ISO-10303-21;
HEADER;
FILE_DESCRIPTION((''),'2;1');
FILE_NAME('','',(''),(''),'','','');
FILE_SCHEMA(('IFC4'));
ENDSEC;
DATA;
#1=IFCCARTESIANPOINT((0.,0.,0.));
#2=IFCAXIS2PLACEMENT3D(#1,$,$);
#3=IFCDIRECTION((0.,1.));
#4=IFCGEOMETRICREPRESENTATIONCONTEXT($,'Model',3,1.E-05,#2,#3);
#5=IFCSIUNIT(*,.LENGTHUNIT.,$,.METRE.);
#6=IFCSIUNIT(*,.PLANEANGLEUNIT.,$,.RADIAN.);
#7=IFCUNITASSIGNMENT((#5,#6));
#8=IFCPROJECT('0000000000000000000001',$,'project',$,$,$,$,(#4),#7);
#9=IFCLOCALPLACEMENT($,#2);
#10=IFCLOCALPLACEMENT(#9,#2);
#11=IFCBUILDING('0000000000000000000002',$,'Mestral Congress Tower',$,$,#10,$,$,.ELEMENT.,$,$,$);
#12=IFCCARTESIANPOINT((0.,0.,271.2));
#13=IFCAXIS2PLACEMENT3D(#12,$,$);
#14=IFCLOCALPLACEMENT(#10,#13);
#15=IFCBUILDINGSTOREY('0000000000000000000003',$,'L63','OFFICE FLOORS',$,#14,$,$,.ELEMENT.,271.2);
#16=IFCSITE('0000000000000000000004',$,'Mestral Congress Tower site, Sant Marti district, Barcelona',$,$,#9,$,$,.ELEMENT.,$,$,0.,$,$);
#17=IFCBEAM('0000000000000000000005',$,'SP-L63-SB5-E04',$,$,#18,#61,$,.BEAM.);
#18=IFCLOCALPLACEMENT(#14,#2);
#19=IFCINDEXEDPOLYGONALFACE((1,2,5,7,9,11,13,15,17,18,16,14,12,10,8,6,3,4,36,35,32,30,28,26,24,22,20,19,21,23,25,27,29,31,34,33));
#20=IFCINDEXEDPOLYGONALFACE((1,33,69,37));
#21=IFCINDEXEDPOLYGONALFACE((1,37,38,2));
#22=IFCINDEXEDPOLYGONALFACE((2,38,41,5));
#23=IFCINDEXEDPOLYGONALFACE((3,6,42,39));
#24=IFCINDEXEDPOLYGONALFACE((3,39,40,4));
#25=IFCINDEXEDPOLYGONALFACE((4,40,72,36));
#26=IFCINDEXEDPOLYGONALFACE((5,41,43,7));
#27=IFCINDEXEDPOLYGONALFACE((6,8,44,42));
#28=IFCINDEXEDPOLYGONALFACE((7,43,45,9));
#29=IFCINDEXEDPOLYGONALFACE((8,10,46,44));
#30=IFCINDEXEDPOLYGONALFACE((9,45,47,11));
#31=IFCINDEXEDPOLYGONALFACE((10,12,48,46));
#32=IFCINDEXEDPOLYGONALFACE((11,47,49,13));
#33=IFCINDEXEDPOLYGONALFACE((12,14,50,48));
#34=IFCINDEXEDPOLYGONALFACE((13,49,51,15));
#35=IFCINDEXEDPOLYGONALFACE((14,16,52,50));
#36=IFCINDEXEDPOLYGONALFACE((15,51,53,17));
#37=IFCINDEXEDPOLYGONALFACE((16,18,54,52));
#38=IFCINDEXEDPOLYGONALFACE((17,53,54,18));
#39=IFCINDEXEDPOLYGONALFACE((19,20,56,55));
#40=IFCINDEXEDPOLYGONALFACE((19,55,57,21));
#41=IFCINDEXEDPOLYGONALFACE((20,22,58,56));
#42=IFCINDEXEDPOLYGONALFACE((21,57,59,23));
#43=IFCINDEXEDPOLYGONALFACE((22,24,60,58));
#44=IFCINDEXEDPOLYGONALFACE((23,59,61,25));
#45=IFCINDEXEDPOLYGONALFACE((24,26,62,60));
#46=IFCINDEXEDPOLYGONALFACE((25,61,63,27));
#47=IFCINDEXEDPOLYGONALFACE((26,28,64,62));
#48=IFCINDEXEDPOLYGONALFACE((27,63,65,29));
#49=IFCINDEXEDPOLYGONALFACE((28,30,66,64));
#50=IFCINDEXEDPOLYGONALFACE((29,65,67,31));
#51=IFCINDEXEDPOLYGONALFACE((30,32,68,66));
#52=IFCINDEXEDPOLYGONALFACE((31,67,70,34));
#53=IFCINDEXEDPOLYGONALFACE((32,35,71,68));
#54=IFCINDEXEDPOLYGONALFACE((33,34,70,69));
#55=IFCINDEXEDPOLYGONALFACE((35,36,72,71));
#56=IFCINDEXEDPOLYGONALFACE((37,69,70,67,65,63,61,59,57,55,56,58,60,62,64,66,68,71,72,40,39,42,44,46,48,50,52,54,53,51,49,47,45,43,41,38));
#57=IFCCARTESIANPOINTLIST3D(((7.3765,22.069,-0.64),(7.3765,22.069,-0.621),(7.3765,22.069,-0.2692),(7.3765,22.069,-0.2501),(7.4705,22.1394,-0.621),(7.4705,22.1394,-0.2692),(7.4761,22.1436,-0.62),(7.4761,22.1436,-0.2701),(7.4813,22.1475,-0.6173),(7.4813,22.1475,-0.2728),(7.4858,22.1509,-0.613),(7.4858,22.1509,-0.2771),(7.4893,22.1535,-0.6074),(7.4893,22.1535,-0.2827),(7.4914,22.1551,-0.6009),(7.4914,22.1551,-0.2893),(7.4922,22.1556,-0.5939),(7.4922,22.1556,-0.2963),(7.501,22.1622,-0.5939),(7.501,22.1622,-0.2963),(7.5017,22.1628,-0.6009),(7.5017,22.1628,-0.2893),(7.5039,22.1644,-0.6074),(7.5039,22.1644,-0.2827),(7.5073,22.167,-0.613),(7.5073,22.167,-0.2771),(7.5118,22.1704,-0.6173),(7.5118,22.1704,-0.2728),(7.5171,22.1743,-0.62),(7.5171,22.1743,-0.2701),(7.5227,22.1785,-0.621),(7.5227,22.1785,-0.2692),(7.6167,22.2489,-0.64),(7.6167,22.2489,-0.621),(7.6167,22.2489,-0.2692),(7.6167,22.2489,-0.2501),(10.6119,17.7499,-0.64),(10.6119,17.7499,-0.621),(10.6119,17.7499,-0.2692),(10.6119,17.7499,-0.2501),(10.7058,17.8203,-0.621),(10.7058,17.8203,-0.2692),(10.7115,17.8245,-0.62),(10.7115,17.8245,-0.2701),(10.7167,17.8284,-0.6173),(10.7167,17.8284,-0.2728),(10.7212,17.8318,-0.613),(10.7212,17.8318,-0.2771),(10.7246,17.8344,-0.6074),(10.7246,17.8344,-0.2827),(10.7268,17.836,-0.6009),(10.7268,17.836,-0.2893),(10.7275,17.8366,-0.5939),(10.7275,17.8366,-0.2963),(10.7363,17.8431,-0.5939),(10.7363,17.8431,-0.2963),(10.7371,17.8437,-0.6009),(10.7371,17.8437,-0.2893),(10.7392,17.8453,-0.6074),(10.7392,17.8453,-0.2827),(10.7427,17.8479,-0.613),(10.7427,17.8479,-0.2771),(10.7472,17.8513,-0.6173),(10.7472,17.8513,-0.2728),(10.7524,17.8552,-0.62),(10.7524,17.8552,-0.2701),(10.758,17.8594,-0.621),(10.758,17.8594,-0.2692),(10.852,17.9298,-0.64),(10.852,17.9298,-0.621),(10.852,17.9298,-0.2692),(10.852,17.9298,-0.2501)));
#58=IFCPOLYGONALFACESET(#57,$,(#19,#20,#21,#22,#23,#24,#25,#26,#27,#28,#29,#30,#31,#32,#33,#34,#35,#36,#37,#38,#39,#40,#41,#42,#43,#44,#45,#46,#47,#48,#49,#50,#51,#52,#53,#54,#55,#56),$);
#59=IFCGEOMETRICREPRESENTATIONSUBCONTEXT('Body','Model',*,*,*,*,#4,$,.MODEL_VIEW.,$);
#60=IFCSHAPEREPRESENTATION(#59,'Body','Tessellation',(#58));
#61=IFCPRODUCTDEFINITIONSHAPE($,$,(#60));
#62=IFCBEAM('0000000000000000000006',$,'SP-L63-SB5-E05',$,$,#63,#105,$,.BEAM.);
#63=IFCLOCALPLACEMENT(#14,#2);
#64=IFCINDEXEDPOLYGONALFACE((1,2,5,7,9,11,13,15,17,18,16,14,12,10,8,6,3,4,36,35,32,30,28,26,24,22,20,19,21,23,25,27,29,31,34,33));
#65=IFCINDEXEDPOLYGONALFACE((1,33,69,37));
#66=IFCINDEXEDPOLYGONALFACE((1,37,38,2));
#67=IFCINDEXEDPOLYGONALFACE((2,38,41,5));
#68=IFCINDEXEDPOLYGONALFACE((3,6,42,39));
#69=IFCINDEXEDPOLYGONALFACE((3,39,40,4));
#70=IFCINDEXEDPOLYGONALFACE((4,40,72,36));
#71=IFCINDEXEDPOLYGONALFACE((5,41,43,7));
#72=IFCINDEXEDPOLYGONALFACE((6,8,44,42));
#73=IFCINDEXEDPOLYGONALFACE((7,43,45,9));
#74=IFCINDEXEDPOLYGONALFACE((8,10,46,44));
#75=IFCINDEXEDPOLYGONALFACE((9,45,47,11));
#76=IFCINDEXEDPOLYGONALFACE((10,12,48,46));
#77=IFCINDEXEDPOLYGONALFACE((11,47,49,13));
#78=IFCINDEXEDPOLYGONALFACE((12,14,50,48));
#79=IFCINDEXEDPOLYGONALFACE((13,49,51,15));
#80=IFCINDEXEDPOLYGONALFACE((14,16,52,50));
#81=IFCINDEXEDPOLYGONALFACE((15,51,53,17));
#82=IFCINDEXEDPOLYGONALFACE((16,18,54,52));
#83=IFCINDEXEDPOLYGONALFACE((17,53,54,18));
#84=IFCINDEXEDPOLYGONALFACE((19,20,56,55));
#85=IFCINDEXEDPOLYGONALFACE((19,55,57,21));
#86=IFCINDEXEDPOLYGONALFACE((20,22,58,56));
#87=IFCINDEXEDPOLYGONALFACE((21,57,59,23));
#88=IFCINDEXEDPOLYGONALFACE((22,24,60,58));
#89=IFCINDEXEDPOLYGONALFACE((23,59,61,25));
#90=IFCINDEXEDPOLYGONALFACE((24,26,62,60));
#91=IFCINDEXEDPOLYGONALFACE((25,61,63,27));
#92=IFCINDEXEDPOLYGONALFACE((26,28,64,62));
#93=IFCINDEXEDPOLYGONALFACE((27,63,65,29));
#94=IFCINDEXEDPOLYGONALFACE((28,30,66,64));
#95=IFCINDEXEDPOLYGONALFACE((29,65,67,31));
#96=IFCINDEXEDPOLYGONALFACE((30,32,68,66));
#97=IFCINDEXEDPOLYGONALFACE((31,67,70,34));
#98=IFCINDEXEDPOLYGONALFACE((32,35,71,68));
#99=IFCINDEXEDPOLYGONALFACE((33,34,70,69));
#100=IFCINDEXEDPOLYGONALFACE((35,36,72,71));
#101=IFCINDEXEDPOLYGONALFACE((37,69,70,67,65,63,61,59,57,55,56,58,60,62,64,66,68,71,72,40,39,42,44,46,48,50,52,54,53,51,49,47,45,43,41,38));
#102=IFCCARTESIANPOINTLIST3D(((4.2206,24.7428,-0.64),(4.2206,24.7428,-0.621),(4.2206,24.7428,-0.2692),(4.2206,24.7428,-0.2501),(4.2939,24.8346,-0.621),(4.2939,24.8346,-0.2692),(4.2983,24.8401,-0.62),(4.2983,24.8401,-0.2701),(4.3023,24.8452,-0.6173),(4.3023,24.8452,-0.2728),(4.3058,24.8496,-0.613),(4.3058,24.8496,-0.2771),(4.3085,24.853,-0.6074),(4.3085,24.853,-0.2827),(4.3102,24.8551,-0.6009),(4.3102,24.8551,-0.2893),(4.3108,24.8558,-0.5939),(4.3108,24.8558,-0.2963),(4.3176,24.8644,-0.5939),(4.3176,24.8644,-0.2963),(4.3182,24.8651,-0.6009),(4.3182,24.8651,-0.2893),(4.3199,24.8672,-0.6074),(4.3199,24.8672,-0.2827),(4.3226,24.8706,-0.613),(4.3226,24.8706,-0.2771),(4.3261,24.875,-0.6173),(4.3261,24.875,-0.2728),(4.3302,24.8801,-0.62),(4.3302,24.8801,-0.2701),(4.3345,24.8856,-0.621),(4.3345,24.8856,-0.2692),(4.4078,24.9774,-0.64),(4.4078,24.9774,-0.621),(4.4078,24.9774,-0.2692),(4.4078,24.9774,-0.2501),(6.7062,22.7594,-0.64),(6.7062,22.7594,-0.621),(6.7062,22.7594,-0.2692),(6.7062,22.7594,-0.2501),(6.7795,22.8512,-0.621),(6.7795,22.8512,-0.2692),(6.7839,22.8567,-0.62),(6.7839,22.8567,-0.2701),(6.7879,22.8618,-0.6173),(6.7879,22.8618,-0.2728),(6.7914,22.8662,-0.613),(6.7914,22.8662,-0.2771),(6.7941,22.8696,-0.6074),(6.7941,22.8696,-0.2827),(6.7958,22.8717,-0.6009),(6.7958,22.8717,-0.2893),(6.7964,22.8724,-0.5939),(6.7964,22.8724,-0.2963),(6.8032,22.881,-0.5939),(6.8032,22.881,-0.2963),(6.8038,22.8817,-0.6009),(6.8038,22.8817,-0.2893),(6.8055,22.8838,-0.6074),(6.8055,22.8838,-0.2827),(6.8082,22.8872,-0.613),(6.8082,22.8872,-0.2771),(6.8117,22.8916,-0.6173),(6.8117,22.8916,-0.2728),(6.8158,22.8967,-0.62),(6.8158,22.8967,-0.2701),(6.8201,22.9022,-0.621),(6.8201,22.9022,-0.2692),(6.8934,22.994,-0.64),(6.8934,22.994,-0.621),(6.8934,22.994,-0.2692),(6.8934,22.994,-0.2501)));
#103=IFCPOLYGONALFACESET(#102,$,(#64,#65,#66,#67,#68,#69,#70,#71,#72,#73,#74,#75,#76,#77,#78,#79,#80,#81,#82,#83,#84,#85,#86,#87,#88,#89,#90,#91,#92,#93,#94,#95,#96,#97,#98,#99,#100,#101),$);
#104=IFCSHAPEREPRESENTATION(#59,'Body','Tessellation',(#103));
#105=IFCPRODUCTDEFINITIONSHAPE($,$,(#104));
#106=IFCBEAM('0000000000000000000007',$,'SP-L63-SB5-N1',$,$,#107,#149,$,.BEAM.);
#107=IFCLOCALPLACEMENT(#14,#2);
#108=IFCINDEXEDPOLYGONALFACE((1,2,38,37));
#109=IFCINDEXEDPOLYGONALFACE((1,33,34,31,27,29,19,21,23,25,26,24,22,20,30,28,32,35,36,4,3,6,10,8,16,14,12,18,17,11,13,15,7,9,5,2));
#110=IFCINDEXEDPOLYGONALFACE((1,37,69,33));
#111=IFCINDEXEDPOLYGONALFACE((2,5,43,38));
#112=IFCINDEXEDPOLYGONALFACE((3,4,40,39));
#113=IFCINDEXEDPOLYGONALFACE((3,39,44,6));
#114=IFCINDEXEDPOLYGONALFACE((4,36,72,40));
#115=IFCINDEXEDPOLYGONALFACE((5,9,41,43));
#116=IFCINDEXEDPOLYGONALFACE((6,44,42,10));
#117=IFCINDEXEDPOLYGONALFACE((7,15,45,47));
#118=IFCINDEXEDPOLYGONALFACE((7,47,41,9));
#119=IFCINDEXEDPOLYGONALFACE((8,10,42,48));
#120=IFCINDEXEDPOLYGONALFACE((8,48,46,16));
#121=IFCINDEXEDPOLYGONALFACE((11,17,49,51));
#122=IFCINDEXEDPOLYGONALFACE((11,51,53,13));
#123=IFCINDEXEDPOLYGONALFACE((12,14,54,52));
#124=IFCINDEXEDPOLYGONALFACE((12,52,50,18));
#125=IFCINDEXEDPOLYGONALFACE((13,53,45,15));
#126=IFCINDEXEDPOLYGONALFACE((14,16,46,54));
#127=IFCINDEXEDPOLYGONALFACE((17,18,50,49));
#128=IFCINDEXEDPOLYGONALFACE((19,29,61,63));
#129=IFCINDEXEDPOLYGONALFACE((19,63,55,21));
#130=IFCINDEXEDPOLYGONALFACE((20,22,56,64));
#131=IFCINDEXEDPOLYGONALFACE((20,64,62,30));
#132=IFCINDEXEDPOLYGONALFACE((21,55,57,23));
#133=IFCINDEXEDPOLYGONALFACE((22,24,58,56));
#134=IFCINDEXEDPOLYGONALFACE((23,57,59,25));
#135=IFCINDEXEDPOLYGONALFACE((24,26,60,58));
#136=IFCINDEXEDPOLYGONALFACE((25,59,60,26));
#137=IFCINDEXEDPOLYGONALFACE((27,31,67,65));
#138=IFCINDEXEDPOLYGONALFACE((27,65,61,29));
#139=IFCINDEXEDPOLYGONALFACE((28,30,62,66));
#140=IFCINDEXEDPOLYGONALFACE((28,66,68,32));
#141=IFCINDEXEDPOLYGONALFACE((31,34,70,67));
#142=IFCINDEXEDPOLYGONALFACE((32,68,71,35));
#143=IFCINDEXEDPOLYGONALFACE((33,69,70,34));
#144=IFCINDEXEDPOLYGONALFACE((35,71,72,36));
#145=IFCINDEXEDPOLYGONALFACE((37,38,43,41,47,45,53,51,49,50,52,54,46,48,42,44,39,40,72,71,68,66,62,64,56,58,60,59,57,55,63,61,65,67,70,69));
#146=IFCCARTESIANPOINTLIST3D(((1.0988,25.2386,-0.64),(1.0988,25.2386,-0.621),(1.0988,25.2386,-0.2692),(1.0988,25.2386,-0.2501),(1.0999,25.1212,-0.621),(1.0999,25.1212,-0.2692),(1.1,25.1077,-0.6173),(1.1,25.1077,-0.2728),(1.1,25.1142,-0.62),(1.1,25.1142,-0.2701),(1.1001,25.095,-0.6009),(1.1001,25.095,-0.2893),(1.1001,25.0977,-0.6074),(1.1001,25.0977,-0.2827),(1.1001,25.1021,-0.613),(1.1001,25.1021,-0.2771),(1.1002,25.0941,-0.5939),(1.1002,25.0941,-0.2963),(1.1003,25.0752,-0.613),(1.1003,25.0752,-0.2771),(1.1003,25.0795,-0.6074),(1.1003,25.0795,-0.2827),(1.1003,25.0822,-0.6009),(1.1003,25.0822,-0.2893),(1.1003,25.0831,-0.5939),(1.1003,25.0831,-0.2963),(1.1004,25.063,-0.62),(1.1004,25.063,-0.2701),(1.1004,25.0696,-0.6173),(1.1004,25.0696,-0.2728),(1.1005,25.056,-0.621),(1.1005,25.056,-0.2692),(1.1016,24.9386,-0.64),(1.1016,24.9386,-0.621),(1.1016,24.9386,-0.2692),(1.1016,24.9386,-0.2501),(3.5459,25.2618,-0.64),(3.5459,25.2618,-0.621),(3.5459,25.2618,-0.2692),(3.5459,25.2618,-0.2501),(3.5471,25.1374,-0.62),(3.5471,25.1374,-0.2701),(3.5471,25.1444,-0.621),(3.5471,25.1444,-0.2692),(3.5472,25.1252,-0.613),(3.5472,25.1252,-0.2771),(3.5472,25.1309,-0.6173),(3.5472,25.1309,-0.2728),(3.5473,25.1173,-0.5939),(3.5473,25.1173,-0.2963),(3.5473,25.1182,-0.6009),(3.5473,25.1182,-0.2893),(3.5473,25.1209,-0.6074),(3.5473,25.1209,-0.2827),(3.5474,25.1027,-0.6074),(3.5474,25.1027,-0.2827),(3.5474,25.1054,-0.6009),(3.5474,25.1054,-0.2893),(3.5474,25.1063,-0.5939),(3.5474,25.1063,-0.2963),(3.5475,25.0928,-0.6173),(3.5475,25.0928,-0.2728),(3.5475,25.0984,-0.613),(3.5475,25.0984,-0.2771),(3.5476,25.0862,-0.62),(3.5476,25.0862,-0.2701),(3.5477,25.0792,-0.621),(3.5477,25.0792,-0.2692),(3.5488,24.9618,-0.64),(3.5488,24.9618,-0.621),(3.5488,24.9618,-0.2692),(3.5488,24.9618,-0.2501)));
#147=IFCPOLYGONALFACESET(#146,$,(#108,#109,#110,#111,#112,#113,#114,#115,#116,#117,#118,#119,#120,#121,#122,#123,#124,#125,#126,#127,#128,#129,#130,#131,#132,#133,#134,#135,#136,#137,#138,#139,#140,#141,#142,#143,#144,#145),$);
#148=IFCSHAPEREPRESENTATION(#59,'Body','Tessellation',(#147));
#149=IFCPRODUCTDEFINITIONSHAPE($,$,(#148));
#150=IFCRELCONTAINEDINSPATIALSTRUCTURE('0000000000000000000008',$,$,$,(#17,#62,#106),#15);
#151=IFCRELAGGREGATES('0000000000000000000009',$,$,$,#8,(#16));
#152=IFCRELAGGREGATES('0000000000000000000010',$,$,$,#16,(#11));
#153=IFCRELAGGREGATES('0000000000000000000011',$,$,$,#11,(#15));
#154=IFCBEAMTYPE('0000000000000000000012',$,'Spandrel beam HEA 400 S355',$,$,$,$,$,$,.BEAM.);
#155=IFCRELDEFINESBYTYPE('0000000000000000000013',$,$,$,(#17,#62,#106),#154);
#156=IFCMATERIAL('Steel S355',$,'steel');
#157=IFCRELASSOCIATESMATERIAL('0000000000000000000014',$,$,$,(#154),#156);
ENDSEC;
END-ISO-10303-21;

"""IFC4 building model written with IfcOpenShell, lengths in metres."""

from ifc_helpers import new_model, si_unit, direction, frame, origin, origin_2d, place, context, subcontext, project, spatial, i_section, extrude, material, material_profile, profile_set, type_object, element, save


model = new_model("IFC4")

# Units and contexts
model_context = context("Model", 3, precision=1e-05, world=origin(), true_north=direction((0.0, 1.0)))
body_context = subcontext(model_context, "Body", "Model", "MODEL_VIEW")
ifc_project = project(units=[si_unit("LENGTHUNIT", "METRE"), si_unit("PLANEANGLEUNIT", "RADIAN")], contexts=[model_context])

# Site, building, storey
site_placement = place(None, origin())
site = spatial("IfcSite", under=ifc_project, at=site_placement, Name="Mestral Congress Tower site, Sant Marti district, Barcelona", CompositionType="ELEMENT", RefElevation=0.0)
building_placement = place(site_placement, origin())
building = spatial("IfcBuilding", under=site, at=building_placement, Name="Mestral Congress Tower", CompositionType="ELEMENT")
storey_placement = place(building_placement, frame((0.0, 0.0, 271.2)))
storey = spatial("IfcBuildingStorey", under=building, at=storey_placement, Name="L63", Description="OFFICE FLOORS", CompositionType="ELEMENT", Elevation=271.2)

# Beams
ifc_material_1 = material(Name="Steel S355", Category="steel")
ifc_material_profile_1 = material_profile(ifc_material_1, i_section(OverallWidth=0.3, OverallDepth=0.3899, WebThickness=0.011, FlangeThickness=0.019, FilletRadius=0.0271, at=origin_2d()), Name="HEA 400")
ifc_profile_set_1 = profile_set([ifc_material_profile_1], Name="Steel S355")
beam_type_1 = type_object("IfcBeamType", Name="Spandrel beam HEA 400 S355", PredefinedType="BEAM", material=ifc_profile_set_1)
beam_1_placement = place(storey_placement, frame((10.7319, 17.8398, -0.4451), z_axis=(-0.599529, 0.800353, 0.0), x_axis=(-0.800353, -0.599529, 0.0)))
element("IfcBeam", 1, at=beam_1_placement, inside=storey, type_object=beam_type_1, Name="SP-L63-SB5-E04", PredefinedType="BEAM", context=body_context, shape_type="SweptSolid", body=[
    extrude(i_section(OverallWidth=0.3, OverallDepth=0.3899, WebThickness=0.011, FlangeThickness=0.019, FilletRadius=0.0271, at=origin_2d()), origin(), (0.0, 0.0, 1.0), 5.3965),
])
beam_2_placement = place(storey_placement, frame((6.7998, 22.8767, -0.4451), z_axis=(-0.781647, 0.623721, 0.0), x_axis=(-0.623721, -0.781647, 0.0)))
element("IfcBeam", 2, at=beam_2_placement, inside=storey, type_object=beam_type_1, Name="SP-L63-SB5-E05", PredefinedType="BEAM", context=body_context, shape_type="SweptSolid", body=[
    extrude(i_section(OverallWidth=0.3, OverallDepth=0.3899, WebThickness=0.011, FlangeThickness=0.019, FilletRadius=0.0271, at=origin_2d()), origin(), (0.0, 0.0, 1.0), 3.1799),
])
beam_3_placement = place(storey_placement, frame((3.5474, 25.1118, -0.4451), z_axis=(-0.999955, -0.009477, 0.0), x_axis=(0.009477, -0.999955, 0.0)))
element("IfcBeam", 3, at=beam_3_placement, inside=storey, type_object=beam_type_1, Name="SP-L63-SB5-N1", PredefinedType="BEAM", context=body_context, shape_type="SweptSolid", body=[
    extrude(i_section(OverallWidth=0.3, OverallDepth=0.3899, WebThickness=0.011, FlangeThickness=0.019, FilletRadius=0.0271, at=origin_2d()), origin(), (0.0, 0.0, 1.0), 2.4473),
])

save(model, "model.ifc")
